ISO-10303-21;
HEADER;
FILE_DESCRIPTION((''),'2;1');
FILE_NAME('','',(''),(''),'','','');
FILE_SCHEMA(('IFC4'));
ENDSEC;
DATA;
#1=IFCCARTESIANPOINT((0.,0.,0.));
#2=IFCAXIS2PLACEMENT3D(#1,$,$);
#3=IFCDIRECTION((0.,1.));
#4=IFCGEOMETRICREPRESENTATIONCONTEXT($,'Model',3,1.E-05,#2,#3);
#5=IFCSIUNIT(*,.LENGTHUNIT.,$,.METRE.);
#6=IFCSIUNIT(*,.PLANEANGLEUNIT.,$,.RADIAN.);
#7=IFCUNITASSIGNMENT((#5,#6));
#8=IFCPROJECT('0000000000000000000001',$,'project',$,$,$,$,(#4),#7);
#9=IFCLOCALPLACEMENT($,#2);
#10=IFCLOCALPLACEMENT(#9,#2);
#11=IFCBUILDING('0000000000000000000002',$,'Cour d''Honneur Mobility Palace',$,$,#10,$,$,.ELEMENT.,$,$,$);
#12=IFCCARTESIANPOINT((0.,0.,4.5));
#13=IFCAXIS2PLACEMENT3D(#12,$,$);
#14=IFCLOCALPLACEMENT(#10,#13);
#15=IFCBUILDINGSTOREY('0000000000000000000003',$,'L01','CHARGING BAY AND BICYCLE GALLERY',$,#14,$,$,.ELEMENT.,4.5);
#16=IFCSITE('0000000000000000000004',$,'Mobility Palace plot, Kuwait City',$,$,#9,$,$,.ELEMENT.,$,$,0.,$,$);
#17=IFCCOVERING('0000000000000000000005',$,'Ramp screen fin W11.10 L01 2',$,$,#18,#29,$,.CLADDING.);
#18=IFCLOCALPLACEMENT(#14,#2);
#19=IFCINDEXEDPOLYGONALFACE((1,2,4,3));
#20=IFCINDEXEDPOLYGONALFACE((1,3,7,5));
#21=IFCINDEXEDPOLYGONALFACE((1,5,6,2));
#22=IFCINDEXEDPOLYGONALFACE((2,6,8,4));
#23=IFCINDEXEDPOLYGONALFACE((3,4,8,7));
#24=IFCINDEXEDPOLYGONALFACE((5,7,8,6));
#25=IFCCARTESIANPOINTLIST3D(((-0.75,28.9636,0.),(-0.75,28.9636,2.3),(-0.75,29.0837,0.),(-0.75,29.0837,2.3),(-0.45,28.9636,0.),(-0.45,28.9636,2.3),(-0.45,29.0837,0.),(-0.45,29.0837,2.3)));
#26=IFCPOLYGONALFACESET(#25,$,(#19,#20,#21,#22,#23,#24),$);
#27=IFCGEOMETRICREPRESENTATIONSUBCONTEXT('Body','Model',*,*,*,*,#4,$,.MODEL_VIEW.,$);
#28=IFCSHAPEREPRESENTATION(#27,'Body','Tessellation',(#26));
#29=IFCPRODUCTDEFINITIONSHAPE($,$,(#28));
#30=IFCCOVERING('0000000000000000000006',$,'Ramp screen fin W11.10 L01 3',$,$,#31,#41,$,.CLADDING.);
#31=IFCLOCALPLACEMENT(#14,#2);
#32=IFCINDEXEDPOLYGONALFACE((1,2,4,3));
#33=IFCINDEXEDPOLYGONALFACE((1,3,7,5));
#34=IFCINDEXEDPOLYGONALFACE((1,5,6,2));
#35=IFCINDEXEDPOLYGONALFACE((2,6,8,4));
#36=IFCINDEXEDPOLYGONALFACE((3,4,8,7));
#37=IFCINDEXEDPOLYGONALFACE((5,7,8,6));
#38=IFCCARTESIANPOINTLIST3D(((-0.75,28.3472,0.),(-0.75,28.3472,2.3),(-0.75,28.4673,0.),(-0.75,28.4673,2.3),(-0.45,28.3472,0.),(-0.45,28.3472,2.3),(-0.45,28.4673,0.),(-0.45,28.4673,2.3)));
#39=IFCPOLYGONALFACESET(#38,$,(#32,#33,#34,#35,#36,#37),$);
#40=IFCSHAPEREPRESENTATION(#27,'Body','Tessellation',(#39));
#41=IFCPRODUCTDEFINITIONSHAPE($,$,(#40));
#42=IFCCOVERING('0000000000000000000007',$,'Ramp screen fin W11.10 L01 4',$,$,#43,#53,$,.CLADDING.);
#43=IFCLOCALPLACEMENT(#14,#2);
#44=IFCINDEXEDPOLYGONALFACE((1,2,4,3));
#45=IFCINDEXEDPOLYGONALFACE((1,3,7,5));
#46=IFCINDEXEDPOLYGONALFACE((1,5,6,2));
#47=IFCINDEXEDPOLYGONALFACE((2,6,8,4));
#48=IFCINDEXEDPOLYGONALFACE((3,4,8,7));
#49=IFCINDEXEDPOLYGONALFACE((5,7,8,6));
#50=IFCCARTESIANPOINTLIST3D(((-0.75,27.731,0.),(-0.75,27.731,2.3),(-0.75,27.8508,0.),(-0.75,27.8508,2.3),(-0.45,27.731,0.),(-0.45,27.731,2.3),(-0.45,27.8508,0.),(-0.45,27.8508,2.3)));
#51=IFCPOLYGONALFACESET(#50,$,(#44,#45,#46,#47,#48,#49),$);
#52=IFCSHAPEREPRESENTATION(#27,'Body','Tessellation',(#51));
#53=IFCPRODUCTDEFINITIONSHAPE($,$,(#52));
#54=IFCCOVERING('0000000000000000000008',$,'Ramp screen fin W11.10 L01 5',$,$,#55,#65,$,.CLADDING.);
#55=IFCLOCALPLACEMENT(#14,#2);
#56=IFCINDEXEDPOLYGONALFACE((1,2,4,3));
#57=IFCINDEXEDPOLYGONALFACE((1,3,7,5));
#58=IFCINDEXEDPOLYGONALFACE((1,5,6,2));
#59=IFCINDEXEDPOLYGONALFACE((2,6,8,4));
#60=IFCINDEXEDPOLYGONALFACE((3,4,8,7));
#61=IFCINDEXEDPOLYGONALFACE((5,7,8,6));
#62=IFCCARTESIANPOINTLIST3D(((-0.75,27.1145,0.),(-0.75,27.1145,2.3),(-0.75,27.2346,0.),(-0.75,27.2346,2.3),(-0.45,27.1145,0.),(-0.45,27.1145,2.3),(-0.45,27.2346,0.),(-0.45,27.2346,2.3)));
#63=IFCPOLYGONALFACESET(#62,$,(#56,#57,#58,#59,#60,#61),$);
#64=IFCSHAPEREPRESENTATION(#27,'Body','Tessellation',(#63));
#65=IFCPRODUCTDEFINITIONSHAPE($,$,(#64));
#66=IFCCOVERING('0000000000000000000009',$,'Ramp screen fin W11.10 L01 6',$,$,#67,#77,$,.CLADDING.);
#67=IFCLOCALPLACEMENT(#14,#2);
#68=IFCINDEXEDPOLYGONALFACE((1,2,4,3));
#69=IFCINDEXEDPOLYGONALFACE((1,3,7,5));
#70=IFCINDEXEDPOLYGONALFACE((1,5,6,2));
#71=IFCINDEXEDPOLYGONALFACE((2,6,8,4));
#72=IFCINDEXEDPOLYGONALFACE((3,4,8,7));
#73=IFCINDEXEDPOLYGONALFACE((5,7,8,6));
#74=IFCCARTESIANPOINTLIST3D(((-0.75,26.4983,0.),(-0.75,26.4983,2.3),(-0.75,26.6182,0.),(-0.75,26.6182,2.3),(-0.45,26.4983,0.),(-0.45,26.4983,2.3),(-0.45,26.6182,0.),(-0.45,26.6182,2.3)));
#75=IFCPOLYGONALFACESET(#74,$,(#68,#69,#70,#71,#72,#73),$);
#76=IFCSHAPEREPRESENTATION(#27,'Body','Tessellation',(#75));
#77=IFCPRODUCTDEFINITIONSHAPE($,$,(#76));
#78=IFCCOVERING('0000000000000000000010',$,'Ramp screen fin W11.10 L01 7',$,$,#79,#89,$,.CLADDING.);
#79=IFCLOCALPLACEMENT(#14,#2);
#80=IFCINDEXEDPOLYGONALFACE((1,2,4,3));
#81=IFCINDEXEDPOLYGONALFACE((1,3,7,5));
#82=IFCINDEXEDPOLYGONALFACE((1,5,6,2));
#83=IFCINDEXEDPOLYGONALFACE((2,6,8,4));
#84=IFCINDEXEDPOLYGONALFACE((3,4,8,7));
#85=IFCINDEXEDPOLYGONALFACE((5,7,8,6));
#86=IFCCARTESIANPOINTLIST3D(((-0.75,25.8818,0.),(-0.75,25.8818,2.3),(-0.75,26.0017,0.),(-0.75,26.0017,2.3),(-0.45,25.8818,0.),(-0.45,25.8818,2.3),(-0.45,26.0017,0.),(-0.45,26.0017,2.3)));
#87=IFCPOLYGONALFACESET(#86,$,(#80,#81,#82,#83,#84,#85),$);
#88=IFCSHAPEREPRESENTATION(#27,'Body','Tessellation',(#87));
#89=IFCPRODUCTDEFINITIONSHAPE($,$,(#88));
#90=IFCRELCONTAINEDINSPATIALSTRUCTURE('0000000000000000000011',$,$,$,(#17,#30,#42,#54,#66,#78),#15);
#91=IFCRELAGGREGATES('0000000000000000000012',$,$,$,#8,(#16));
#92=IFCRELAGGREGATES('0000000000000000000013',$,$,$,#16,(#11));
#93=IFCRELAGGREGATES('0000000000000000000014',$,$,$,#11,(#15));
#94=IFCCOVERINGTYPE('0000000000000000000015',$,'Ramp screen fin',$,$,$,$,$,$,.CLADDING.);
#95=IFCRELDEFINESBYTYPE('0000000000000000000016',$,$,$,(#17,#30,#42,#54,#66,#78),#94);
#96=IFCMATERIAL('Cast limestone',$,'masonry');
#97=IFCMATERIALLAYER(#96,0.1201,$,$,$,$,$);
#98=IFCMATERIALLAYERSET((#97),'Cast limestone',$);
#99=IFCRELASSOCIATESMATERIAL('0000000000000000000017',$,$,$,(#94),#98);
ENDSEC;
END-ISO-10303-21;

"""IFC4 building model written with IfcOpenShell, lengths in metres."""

from ifc_helpers import new_model, si_unit, direction, frame, origin, place, context, subcontext, project, spatial, polyline, outline, extrude, material, layer, layer_set, type_object, element, save


model = new_model("IFC4")

# Units and contexts
model_context = context("Model", 3, precision=1e-05, world=origin(), true_north=direction((0.0, 1.0)))
body_context = subcontext(model_context, "Body", "Model", "MODEL_VIEW")
ifc_project = project(units=[si_unit("LENGTHUNIT", "METRE"), si_unit("PLANEANGLEUNIT", "RADIAN")], contexts=[model_context])

# Site, building, storey
site_placement = place(None, origin())
site = spatial("IfcSite", under=ifc_project, at=site_placement, Name="Mobility Palace plot, Kuwait City", CompositionType="ELEMENT", RefElevation=0.0)
building_placement = place(site_placement, origin())
building = spatial("IfcBuilding", under=site, at=building_placement, Name="Cour d'Honneur Mobility Palace", CompositionType="ELEMENT")
storey_placement = place(building_placement, frame((0.0, 0.0, 4.5)))
storey = spatial("IfcBuildingStorey", under=building, at=storey_placement, Name="L01", Description="CHARGING BAY AND BICYCLE GALLERY", CompositionType="ELEMENT", Elevation=4.5)

# Coverings
ifc_material_1 = material(Name="Cast limestone", Category="masonry")
ifc_layer_1 = layer(ifc_material_1, 0.1201)
ifc_layer_set_1 = layer_set([ifc_layer_1], Name="Cast limestone")
covering_type_1 = type_object("IfcCoveringType", Name="Ramp screen fin", PredefinedType="CLADDING", material=ifc_layer_set_1)
covering_1_placement = place(storey_placement, origin())
element("IfcCovering", 1, at=covering_1_placement, inside=storey, type_object=covering_type_1, Name="Ramp screen fin W11.10 L01 2", PredefinedType="CLADDING", context=body_context, shape_type="SweptSolid", body=[
    extrude(outline(polyline([(-0.45, 29.0837), (-0.45, 28.9636), (-0.75, 28.9636), (-0.75, 29.0837), (-0.45, 29.0837)])), origin(), (0.0, 0.0, 1.0), 2.3),
])
covering_2_placement = place(storey_placement, origin())
element("IfcCovering", 2, at=covering_2_placement, inside=storey, type_object=covering_type_1, Name="Ramp screen fin W11.10 L01 3", PredefinedType="CLADDING", context=body_context, shape_type="SweptSolid", body=[
    extrude(outline(polyline([(-0.45, 28.4673), (-0.45, 28.3472), (-0.75, 28.3472), (-0.75, 28.4673), (-0.45, 28.4673)])), origin(), (0.0, 0.0, 1.0), 2.3),
])
covering_3_placement = place(storey_placement, origin())
element("IfcCovering", 3, at=covering_3_placement, inside=storey, type_object=covering_type_1, Name="Ramp screen fin W11.10 L01 4", PredefinedType="CLADDING", context=body_context, shape_type="SweptSolid", body=[
    extrude(outline(polyline([(-0.45, 27.8508), (-0.45, 27.731), (-0.75, 27.731), (-0.75, 27.8508), (-0.45, 27.8508)])), origin(), (0.0, 0.0, 1.0), 2.3),
])
covering_4_placement = place(storey_placement, origin())
element("IfcCovering", 4, at=covering_4_placement, inside=storey, type_object=covering_type_1, Name="Ramp screen fin W11.10 L01 5", PredefinedType="CLADDING", context=body_context, shape_type="SweptSolid", body=[
    extrude(outline(polyline([(-0.45, 27.2346), (-0.45, 27.1145), (-0.75, 27.1145), (-0.75, 27.2346), (-0.45, 27.2346)])), origin(), (0.0, 0.0, 1.0), 2.3),
])
covering_5_placement = place(storey_placement, origin())
element("IfcCovering", 5, at=covering_5_placement, inside=storey, type_object=covering_type_1, Name="Ramp screen fin W11.10 L01 6", PredefinedType="CLADDING", context=body_context, shape_type="SweptSolid", body=[
    extrude(outline(polyline([(-0.45, 26.6182), (-0.45, 26.4983), (-0.75, 26.4983), (-0.75, 26.6182), (-0.45, 26.6182)])), origin(), (0.0, 0.0, 1.0), 2.3),
])
covering_6_placement = place(storey_placement, origin())
element("IfcCovering", 6, at=covering_6_placement, inside=storey, type_object=covering_type_1, Name="Ramp screen fin W11.10 L01 7", PredefinedType="CLADDING", context=body_context, shape_type="SweptSolid", body=[
    extrude(outline(polyline([(-0.45, 26.0017), (-0.45, 25.8818), (-0.75, 25.8818), (-0.75, 26.0017), (-0.45, 26.0017)])), origin(), (0.0, 0.0, 1.0), 2.3),
])

save(model, "model.ifc")
